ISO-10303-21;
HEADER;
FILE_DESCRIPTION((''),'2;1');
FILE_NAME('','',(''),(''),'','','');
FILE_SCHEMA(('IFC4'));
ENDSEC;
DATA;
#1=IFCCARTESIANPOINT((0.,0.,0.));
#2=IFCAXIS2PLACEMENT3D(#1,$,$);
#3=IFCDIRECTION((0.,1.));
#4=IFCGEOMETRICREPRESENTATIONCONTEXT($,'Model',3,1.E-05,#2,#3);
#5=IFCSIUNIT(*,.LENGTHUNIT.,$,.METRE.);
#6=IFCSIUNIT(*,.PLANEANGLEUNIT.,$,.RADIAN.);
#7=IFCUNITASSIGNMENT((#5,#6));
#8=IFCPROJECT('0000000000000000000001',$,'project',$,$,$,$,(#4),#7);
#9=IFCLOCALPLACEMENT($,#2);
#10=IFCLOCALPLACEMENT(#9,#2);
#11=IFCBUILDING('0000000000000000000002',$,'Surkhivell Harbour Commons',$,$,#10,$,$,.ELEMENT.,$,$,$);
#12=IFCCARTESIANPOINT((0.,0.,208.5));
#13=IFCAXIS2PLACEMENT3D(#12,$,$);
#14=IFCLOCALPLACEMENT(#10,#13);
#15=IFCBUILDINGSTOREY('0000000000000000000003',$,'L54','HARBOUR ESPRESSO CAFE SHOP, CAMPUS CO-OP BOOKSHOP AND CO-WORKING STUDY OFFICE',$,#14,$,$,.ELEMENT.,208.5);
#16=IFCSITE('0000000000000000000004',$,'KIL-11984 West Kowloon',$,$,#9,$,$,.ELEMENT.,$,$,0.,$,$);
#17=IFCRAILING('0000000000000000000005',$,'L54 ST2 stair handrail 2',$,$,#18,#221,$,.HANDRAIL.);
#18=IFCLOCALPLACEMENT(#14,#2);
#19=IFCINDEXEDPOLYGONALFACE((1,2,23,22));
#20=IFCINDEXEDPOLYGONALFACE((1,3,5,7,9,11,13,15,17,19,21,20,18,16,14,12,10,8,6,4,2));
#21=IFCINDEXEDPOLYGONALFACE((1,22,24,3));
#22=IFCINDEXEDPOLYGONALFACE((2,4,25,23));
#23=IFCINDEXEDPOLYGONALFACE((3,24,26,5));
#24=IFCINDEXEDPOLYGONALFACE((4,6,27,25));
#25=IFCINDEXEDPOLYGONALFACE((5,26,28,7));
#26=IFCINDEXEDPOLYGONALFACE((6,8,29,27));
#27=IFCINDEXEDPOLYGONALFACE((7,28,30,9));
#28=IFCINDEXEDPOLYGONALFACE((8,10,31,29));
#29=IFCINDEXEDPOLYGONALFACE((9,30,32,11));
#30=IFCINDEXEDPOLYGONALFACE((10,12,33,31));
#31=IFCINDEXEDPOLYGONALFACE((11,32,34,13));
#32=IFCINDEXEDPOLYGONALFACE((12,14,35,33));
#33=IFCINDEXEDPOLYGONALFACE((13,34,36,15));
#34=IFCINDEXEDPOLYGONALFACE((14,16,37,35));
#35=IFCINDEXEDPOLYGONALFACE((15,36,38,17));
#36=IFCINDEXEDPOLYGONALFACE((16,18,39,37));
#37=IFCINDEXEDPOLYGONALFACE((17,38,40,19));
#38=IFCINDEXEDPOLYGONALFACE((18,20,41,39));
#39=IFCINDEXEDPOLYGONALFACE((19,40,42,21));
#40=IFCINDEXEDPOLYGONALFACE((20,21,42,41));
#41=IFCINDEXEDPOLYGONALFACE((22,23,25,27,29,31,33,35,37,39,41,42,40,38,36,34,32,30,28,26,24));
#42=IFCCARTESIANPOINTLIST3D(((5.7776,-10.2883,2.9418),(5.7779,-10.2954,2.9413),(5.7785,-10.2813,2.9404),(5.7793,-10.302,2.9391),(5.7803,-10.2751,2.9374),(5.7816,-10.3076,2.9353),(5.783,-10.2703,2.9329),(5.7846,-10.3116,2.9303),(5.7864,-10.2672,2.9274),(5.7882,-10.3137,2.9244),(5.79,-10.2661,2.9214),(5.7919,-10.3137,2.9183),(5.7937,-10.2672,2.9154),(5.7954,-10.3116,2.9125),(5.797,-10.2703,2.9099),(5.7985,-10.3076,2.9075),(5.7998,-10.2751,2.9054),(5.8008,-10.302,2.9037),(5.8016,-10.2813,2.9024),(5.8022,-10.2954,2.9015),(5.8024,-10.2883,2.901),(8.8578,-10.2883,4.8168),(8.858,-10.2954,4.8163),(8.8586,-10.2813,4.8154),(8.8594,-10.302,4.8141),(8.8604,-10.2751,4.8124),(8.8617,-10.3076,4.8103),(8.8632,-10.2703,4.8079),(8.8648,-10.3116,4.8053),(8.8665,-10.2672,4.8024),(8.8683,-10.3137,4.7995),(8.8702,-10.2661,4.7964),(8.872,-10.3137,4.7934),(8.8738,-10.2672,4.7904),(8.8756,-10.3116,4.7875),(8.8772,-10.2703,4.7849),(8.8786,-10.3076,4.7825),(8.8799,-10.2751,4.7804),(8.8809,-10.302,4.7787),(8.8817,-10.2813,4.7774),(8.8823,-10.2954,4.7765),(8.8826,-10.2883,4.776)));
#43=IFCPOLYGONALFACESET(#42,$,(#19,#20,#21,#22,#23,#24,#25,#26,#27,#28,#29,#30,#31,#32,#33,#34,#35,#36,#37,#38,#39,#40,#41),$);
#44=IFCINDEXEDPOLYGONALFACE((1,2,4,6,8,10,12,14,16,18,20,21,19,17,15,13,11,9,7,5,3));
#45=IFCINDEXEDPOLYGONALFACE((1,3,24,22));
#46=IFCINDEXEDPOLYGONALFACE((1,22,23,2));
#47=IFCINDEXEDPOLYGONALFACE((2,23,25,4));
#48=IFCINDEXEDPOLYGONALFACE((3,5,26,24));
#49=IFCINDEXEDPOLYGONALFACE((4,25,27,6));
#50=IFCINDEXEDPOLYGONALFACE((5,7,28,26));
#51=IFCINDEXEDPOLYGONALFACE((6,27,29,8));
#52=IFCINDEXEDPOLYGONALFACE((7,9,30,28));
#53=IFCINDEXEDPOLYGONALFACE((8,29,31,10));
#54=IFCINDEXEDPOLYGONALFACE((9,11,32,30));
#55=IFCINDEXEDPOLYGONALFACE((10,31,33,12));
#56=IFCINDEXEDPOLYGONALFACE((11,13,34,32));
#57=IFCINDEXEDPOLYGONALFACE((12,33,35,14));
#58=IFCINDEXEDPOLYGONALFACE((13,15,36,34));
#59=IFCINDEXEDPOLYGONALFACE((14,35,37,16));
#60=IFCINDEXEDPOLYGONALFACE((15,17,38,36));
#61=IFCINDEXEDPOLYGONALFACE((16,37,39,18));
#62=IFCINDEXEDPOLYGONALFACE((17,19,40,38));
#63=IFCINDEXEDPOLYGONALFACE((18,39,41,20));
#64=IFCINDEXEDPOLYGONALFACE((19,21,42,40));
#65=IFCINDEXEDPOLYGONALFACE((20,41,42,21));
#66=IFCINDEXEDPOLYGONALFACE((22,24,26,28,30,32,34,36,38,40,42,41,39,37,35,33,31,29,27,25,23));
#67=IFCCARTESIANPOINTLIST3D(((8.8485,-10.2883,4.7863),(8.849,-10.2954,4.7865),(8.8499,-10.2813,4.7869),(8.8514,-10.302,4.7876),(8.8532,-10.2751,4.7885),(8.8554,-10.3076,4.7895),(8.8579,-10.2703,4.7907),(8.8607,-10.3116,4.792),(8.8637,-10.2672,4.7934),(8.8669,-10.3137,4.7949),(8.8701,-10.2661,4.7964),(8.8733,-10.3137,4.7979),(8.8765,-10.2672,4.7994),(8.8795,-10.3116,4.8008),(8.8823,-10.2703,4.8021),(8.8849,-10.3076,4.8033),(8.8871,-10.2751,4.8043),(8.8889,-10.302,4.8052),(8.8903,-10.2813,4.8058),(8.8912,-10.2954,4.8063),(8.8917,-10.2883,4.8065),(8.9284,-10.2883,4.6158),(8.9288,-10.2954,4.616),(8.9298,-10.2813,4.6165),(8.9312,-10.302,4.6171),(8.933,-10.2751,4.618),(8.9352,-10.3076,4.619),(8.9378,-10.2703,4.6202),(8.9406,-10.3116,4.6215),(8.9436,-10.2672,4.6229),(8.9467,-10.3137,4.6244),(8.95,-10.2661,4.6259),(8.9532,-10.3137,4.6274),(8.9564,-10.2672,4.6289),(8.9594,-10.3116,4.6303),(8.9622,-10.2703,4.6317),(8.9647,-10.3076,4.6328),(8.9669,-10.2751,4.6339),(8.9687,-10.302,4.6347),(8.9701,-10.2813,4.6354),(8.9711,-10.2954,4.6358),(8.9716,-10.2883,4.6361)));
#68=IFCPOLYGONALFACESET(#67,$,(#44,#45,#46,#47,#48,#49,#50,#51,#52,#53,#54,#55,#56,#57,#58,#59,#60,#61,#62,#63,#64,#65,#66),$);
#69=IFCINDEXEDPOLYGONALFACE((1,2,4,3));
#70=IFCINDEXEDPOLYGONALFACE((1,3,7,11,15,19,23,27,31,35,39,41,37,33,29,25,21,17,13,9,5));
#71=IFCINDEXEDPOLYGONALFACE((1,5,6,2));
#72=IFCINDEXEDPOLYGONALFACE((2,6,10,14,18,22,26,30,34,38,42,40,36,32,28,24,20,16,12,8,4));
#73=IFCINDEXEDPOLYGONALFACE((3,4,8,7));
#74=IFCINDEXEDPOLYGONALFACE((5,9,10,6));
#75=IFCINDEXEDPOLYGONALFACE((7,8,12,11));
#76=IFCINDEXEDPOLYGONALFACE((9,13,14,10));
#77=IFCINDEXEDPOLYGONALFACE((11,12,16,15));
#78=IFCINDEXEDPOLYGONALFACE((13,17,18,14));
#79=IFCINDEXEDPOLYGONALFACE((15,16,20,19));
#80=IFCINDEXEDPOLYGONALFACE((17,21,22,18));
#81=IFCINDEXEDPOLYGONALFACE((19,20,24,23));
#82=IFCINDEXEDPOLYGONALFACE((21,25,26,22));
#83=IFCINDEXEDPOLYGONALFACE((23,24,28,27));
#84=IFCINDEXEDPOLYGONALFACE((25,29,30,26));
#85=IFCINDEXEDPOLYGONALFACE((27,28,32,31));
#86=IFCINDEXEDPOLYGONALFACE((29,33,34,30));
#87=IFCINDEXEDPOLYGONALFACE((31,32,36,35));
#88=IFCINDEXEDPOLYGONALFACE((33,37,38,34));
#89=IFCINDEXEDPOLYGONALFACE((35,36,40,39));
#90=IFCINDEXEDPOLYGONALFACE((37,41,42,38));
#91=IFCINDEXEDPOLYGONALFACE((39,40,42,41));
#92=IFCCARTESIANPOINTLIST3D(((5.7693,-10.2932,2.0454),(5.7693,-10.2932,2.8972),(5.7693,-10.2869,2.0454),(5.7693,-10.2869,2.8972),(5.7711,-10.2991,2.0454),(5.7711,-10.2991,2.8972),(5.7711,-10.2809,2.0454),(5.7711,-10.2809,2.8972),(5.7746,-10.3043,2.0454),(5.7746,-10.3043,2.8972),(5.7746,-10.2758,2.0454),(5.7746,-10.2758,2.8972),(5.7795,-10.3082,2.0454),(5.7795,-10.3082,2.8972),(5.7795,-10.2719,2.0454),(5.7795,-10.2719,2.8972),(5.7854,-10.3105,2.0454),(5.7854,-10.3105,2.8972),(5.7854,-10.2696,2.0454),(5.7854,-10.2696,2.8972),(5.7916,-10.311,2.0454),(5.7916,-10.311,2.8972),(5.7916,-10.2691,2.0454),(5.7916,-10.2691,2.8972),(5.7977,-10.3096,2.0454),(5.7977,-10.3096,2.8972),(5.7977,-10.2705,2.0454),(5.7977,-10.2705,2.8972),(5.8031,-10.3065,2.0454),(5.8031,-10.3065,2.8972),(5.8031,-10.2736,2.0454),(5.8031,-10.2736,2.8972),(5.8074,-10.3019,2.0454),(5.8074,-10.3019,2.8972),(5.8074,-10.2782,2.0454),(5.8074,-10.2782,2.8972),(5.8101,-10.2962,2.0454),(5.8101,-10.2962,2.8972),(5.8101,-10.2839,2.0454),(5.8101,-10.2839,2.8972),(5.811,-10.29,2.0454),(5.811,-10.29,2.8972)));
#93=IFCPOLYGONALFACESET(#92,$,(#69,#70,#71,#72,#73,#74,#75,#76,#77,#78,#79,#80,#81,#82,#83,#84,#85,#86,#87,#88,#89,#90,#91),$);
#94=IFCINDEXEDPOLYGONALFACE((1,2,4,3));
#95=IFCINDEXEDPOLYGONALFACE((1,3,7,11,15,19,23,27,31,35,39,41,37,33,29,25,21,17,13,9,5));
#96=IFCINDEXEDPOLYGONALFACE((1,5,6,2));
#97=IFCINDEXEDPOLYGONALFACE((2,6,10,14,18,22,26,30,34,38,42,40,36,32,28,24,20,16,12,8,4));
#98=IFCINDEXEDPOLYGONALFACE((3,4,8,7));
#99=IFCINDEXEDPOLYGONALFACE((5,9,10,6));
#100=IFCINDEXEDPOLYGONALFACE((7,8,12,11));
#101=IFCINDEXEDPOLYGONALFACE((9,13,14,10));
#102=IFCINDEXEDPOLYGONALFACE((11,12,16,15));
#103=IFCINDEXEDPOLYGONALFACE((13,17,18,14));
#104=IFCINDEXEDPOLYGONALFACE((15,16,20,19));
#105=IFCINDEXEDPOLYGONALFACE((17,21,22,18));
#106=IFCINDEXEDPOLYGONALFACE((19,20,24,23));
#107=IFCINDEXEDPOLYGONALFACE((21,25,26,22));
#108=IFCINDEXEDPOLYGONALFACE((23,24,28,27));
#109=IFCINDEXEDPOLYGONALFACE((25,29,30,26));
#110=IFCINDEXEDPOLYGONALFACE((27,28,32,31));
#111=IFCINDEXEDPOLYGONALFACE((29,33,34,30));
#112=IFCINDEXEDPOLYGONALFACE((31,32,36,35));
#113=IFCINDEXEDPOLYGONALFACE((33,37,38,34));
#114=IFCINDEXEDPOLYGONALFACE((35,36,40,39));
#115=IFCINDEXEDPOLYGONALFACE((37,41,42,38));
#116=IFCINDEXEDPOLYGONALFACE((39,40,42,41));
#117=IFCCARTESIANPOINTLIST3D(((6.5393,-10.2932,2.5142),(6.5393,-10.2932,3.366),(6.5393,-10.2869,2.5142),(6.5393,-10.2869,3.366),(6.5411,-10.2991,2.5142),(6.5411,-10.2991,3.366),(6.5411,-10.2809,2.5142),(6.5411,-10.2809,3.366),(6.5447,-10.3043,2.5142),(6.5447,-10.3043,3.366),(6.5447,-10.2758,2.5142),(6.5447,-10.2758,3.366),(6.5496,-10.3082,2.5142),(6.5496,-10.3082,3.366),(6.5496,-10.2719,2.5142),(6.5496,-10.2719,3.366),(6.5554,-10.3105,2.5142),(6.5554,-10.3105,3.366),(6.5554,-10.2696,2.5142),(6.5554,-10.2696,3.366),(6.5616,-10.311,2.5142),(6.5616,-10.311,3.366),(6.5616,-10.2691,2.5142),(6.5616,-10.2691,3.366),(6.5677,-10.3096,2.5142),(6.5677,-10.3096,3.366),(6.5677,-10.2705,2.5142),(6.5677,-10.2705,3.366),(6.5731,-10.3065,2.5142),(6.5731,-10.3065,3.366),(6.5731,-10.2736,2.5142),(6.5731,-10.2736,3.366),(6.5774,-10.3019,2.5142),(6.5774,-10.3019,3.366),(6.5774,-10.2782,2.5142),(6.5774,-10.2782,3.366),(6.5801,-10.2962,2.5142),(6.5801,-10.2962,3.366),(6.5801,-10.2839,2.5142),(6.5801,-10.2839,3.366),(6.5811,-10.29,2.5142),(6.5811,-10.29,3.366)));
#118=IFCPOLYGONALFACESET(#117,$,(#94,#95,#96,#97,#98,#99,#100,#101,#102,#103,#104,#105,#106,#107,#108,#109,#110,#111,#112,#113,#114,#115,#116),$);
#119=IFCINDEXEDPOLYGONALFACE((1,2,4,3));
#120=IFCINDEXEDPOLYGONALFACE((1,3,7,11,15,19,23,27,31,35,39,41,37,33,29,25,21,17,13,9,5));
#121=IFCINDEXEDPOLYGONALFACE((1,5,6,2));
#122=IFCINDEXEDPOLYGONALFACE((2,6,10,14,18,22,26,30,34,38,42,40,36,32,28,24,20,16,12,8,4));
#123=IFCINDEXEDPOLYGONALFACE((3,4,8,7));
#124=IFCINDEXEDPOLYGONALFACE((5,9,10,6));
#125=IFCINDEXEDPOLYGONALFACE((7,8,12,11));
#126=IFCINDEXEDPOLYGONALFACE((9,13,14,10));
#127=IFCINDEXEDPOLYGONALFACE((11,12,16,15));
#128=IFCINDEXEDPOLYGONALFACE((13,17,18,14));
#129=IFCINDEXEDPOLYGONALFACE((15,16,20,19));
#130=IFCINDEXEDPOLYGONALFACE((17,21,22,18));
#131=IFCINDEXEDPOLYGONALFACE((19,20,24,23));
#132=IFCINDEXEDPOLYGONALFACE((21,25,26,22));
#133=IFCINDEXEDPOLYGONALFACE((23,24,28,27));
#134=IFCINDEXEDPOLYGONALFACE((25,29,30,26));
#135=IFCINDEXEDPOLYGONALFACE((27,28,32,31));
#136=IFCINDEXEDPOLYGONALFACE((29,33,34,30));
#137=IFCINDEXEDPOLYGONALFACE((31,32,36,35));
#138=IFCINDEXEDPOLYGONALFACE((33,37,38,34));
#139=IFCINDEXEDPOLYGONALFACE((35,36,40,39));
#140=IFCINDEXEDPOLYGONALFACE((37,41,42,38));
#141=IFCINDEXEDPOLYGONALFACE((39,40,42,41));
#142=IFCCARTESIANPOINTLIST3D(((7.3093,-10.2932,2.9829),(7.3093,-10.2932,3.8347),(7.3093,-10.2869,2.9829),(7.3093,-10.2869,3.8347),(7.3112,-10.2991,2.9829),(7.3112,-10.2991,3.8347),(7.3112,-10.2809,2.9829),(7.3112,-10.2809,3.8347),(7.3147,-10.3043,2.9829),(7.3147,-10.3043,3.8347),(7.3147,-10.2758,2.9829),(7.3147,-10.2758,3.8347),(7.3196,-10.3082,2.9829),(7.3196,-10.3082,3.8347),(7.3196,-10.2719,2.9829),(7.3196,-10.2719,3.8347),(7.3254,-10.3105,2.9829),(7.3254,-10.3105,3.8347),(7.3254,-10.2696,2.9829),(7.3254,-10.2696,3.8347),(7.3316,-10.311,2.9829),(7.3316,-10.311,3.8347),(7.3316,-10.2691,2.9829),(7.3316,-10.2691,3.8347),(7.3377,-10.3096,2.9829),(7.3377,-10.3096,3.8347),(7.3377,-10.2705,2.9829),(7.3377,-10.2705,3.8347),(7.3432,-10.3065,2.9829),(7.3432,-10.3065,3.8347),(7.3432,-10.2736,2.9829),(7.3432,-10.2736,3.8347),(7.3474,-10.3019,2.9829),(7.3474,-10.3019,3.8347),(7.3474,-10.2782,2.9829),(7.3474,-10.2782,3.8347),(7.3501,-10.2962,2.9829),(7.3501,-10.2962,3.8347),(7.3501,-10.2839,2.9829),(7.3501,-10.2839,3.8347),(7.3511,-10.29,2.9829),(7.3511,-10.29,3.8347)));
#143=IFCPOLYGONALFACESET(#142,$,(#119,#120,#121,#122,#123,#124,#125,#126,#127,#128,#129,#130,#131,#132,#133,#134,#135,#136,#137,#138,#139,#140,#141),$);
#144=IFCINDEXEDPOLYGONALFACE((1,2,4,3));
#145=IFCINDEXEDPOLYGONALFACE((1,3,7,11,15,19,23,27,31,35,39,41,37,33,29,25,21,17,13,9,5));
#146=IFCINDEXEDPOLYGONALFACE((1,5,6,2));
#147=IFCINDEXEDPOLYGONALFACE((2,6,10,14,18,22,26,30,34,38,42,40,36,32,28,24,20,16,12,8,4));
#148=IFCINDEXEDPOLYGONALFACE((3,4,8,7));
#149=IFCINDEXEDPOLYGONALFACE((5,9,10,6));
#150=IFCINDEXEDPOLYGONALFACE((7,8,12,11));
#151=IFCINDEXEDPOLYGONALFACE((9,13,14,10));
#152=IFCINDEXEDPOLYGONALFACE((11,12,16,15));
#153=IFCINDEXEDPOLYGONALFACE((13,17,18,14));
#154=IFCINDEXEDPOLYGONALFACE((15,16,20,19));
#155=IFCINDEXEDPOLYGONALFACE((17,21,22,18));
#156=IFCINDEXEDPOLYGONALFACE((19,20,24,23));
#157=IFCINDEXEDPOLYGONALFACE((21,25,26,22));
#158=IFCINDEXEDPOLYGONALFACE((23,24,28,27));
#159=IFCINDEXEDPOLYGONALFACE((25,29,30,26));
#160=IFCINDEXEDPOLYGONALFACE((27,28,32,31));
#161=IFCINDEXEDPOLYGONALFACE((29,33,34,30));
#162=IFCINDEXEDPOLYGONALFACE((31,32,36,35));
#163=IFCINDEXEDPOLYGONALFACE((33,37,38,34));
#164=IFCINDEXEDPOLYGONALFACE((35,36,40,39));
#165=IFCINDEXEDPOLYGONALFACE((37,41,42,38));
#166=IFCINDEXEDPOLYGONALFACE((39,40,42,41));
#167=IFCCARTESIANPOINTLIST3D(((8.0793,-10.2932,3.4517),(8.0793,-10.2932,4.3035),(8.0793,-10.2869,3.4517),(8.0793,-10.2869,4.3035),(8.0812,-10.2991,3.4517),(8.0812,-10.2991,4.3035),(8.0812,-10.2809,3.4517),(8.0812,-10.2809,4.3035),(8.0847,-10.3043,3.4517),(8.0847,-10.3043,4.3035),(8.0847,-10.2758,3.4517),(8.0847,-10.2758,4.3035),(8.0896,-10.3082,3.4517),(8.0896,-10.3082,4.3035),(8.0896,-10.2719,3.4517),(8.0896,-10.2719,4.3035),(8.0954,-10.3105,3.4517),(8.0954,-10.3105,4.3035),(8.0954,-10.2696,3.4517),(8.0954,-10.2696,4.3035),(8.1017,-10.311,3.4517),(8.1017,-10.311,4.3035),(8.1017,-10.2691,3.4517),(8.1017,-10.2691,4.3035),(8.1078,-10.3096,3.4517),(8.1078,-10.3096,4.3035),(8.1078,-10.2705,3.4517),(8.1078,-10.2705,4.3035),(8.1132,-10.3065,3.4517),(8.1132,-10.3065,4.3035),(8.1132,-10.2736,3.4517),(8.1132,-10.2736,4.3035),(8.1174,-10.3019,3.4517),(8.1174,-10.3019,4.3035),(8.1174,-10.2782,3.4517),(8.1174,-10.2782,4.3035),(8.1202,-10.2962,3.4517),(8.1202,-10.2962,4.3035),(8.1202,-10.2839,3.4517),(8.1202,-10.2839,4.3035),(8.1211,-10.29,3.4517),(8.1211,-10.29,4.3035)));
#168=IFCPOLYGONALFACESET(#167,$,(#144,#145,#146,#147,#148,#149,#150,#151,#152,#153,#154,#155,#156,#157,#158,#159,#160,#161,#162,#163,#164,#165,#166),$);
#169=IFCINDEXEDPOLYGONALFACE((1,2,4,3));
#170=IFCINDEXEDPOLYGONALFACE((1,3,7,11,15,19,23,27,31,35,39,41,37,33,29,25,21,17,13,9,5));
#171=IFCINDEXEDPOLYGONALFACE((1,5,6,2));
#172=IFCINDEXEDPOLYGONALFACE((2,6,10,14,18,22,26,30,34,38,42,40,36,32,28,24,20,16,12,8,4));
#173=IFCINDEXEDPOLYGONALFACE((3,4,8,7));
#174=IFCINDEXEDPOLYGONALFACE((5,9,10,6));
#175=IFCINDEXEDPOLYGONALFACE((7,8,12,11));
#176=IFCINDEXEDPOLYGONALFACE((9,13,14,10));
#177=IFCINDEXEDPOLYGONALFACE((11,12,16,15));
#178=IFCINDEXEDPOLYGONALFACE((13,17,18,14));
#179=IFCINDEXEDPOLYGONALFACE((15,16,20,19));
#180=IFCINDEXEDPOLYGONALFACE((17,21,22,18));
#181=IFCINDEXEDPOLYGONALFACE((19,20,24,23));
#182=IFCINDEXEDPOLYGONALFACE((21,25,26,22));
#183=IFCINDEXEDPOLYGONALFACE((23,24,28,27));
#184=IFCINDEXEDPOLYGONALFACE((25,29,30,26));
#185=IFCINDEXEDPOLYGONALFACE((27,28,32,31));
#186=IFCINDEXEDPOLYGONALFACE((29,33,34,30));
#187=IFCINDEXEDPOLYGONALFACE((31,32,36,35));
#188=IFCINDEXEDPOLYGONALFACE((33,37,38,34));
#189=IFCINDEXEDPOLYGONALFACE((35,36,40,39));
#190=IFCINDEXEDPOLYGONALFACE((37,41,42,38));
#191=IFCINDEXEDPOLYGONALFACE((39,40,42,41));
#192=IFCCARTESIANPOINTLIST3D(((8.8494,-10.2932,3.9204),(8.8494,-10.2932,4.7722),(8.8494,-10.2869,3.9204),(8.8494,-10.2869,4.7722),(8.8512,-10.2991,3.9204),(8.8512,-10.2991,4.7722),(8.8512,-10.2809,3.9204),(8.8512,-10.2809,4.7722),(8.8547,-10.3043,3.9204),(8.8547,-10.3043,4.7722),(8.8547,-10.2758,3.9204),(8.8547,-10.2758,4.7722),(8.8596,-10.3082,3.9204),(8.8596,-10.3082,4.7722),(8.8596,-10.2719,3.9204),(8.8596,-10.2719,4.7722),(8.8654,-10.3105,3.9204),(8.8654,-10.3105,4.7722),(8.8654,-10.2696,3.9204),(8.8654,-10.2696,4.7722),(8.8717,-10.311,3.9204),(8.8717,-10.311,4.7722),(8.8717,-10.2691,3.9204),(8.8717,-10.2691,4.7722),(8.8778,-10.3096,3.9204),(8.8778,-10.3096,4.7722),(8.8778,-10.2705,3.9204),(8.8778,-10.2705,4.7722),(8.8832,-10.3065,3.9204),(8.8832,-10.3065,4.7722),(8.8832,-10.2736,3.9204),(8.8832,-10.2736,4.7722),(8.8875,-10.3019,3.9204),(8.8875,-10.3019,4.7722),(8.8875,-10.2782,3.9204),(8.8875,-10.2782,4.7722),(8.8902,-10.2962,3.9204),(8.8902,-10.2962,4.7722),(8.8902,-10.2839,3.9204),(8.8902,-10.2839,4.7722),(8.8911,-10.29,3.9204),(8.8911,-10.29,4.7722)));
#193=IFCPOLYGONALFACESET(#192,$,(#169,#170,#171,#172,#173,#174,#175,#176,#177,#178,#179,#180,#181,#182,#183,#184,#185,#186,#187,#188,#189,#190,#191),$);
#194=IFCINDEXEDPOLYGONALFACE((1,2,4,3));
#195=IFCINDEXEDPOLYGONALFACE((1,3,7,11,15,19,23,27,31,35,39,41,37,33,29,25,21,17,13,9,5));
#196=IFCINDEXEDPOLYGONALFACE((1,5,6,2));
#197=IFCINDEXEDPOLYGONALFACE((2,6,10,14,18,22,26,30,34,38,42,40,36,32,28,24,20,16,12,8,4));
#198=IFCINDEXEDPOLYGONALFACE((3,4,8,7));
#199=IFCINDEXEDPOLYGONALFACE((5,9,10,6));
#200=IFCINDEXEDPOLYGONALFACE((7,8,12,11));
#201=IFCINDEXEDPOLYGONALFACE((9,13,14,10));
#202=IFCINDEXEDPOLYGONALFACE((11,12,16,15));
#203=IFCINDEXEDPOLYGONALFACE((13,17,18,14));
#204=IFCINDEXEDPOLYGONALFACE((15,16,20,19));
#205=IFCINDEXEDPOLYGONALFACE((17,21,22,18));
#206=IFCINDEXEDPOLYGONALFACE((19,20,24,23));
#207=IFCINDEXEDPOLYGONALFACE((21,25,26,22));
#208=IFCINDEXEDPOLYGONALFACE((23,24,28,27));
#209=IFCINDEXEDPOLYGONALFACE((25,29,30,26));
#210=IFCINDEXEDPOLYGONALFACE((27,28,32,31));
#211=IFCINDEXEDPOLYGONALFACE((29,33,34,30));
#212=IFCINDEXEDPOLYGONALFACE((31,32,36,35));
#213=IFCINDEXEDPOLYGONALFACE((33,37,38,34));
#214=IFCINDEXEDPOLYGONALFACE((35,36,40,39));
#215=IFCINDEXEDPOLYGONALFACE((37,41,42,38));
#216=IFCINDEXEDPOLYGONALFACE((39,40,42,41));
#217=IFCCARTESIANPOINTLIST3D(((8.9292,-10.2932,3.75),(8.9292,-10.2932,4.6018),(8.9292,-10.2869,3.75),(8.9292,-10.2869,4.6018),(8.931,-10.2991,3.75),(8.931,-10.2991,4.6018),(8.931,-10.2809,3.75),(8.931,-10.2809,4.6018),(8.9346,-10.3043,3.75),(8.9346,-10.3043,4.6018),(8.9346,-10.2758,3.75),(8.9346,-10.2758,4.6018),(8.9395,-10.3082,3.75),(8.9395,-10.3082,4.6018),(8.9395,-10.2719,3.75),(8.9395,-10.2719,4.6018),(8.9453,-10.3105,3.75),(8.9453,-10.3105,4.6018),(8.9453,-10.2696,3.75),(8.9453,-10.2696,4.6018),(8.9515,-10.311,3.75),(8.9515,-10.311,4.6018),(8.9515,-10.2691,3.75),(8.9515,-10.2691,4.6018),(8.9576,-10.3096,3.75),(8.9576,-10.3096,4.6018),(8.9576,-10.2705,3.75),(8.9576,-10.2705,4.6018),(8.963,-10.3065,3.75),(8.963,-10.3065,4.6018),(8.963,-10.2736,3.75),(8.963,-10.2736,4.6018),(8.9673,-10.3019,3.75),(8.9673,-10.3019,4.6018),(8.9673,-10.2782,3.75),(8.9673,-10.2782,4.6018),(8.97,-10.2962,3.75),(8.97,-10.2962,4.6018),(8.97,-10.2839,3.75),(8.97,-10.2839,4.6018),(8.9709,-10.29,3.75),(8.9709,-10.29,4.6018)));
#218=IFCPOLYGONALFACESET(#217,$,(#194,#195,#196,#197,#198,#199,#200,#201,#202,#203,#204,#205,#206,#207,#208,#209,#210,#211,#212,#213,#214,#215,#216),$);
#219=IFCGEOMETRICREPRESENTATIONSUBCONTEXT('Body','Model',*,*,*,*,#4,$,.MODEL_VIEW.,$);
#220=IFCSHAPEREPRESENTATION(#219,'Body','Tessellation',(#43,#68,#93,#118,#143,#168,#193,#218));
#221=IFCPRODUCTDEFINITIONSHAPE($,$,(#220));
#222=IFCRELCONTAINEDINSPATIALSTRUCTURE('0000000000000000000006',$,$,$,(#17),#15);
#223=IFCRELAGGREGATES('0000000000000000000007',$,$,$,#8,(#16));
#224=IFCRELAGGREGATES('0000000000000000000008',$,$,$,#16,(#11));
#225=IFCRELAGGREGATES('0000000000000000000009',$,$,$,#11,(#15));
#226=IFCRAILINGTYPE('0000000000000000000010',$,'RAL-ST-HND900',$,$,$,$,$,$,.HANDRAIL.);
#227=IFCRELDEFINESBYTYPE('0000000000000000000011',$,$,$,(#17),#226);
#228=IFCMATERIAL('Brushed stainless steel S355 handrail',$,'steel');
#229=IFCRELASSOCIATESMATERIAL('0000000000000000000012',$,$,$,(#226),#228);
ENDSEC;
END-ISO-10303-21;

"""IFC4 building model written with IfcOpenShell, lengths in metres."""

from ifc_helpers import new_model, si_unit, direction, frame, origin, origin_2d, place, context, subcontext, project, spatial, circle, extrude, material, type_object, element, save


model = new_model("IFC4")

# Units and contexts
model_context = context("Model", 3, precision=1e-05, world=origin(), true_north=direction((0.0, 1.0)))
body_context = subcontext(model_context, "Body", "Model", "MODEL_VIEW")
ifc_project = project(units=[si_unit("LENGTHUNIT", "METRE"), si_unit("PLANEANGLEUNIT", "RADIAN")], contexts=[model_context])

# Site, building, storey
site_placement = place(None, origin())
site = spatial("IfcSite", under=ifc_project, at=site_placement, Name="KIL-11984 West Kowloon", CompositionType="ELEMENT", RefElevation=0.0)
building_placement = place(site_placement, origin())
building = spatial("IfcBuilding", under=site, at=building_placement, Name="Surkhivell Harbour Commons", CompositionType="ELEMENT")
storey_placement = place(building_placement, frame((0.0, 0.0, 208.5)))
storey = spatial("IfcBuildingStorey", under=building, at=storey_placement, Name="L54", Description="HARBOUR ESPRESSO CAFE SHOP, CAMPUS CO-OP BOOKSHOP AND CO-WORKING STUDY OFFICE", CompositionType="ELEMENT", Elevation=208.5)

# Railing
ifc_material_1 = material(Name="Brushed stainless steel S355 handrail", Category="steel")
railing_type = type_object("IfcRailingType", Name="RAL-ST-HND900", PredefinedType="HANDRAIL", material=ifc_material_1)
railing_placement = place(storey_placement, frame((5.79, -10.29, 2.0454)))
element("IfcRailing", 1, at=railing_placement, inside=storey, type_object=railing_type, Name="L54 ST2 stair handrail 2", PredefinedType="HANDRAIL", context=body_context, shape_type="SweptSolid", body=[
    extrude(circle(Radius=0.0239, at=origin_2d()), frame((0.0, 0.0, 0.876), z_axis=(0.854178, 0.0, 0.519981), x_axis=(0.0, 1.0, 0.0)), (0.0, 0.0, 1.0), 3.606),
    extrude(circle(Radius=0.0239, at=origin_2d()), frame((3.0801, 0.0, 2.751), z_axis=(0.424234, 0.0, -0.905552), x_axis=(0.0, 1.0, 0.0)), (0.0, 0.0, 1.0), 0.1882),
    extrude(circle(Radius=0.021, at=origin_2d()), origin(), (0.0, 0.0, 1.0), 0.8518),
    extrude(circle(Radius=0.021, at=origin_2d()), frame((0.77, 0.0, 0.4688)), (0.0, 0.0, 1.0), 0.8518),
    extrude(circle(Radius=0.021, at=origin_2d()), frame((1.54, 0.0, 0.9375)), (0.0, 0.0, 1.0), 0.8518),
    extrude(circle(Radius=0.021, at=origin_2d()), frame((2.3101, 0.0, 1.4062)), (0.0, 0.0, 1.0), 0.8518),
    extrude(circle(Radius=0.021, at=origin_2d()), frame((3.0801, 0.0, 1.875)), (0.0, 0.0, 1.0), 0.8518),
    extrude(circle(Radius=0.021, at=origin_2d()), frame((3.1599, 0.0, 1.7046)), (0.0, 0.0, 1.0), 0.8518),
])

save(model, "model.ifc")
